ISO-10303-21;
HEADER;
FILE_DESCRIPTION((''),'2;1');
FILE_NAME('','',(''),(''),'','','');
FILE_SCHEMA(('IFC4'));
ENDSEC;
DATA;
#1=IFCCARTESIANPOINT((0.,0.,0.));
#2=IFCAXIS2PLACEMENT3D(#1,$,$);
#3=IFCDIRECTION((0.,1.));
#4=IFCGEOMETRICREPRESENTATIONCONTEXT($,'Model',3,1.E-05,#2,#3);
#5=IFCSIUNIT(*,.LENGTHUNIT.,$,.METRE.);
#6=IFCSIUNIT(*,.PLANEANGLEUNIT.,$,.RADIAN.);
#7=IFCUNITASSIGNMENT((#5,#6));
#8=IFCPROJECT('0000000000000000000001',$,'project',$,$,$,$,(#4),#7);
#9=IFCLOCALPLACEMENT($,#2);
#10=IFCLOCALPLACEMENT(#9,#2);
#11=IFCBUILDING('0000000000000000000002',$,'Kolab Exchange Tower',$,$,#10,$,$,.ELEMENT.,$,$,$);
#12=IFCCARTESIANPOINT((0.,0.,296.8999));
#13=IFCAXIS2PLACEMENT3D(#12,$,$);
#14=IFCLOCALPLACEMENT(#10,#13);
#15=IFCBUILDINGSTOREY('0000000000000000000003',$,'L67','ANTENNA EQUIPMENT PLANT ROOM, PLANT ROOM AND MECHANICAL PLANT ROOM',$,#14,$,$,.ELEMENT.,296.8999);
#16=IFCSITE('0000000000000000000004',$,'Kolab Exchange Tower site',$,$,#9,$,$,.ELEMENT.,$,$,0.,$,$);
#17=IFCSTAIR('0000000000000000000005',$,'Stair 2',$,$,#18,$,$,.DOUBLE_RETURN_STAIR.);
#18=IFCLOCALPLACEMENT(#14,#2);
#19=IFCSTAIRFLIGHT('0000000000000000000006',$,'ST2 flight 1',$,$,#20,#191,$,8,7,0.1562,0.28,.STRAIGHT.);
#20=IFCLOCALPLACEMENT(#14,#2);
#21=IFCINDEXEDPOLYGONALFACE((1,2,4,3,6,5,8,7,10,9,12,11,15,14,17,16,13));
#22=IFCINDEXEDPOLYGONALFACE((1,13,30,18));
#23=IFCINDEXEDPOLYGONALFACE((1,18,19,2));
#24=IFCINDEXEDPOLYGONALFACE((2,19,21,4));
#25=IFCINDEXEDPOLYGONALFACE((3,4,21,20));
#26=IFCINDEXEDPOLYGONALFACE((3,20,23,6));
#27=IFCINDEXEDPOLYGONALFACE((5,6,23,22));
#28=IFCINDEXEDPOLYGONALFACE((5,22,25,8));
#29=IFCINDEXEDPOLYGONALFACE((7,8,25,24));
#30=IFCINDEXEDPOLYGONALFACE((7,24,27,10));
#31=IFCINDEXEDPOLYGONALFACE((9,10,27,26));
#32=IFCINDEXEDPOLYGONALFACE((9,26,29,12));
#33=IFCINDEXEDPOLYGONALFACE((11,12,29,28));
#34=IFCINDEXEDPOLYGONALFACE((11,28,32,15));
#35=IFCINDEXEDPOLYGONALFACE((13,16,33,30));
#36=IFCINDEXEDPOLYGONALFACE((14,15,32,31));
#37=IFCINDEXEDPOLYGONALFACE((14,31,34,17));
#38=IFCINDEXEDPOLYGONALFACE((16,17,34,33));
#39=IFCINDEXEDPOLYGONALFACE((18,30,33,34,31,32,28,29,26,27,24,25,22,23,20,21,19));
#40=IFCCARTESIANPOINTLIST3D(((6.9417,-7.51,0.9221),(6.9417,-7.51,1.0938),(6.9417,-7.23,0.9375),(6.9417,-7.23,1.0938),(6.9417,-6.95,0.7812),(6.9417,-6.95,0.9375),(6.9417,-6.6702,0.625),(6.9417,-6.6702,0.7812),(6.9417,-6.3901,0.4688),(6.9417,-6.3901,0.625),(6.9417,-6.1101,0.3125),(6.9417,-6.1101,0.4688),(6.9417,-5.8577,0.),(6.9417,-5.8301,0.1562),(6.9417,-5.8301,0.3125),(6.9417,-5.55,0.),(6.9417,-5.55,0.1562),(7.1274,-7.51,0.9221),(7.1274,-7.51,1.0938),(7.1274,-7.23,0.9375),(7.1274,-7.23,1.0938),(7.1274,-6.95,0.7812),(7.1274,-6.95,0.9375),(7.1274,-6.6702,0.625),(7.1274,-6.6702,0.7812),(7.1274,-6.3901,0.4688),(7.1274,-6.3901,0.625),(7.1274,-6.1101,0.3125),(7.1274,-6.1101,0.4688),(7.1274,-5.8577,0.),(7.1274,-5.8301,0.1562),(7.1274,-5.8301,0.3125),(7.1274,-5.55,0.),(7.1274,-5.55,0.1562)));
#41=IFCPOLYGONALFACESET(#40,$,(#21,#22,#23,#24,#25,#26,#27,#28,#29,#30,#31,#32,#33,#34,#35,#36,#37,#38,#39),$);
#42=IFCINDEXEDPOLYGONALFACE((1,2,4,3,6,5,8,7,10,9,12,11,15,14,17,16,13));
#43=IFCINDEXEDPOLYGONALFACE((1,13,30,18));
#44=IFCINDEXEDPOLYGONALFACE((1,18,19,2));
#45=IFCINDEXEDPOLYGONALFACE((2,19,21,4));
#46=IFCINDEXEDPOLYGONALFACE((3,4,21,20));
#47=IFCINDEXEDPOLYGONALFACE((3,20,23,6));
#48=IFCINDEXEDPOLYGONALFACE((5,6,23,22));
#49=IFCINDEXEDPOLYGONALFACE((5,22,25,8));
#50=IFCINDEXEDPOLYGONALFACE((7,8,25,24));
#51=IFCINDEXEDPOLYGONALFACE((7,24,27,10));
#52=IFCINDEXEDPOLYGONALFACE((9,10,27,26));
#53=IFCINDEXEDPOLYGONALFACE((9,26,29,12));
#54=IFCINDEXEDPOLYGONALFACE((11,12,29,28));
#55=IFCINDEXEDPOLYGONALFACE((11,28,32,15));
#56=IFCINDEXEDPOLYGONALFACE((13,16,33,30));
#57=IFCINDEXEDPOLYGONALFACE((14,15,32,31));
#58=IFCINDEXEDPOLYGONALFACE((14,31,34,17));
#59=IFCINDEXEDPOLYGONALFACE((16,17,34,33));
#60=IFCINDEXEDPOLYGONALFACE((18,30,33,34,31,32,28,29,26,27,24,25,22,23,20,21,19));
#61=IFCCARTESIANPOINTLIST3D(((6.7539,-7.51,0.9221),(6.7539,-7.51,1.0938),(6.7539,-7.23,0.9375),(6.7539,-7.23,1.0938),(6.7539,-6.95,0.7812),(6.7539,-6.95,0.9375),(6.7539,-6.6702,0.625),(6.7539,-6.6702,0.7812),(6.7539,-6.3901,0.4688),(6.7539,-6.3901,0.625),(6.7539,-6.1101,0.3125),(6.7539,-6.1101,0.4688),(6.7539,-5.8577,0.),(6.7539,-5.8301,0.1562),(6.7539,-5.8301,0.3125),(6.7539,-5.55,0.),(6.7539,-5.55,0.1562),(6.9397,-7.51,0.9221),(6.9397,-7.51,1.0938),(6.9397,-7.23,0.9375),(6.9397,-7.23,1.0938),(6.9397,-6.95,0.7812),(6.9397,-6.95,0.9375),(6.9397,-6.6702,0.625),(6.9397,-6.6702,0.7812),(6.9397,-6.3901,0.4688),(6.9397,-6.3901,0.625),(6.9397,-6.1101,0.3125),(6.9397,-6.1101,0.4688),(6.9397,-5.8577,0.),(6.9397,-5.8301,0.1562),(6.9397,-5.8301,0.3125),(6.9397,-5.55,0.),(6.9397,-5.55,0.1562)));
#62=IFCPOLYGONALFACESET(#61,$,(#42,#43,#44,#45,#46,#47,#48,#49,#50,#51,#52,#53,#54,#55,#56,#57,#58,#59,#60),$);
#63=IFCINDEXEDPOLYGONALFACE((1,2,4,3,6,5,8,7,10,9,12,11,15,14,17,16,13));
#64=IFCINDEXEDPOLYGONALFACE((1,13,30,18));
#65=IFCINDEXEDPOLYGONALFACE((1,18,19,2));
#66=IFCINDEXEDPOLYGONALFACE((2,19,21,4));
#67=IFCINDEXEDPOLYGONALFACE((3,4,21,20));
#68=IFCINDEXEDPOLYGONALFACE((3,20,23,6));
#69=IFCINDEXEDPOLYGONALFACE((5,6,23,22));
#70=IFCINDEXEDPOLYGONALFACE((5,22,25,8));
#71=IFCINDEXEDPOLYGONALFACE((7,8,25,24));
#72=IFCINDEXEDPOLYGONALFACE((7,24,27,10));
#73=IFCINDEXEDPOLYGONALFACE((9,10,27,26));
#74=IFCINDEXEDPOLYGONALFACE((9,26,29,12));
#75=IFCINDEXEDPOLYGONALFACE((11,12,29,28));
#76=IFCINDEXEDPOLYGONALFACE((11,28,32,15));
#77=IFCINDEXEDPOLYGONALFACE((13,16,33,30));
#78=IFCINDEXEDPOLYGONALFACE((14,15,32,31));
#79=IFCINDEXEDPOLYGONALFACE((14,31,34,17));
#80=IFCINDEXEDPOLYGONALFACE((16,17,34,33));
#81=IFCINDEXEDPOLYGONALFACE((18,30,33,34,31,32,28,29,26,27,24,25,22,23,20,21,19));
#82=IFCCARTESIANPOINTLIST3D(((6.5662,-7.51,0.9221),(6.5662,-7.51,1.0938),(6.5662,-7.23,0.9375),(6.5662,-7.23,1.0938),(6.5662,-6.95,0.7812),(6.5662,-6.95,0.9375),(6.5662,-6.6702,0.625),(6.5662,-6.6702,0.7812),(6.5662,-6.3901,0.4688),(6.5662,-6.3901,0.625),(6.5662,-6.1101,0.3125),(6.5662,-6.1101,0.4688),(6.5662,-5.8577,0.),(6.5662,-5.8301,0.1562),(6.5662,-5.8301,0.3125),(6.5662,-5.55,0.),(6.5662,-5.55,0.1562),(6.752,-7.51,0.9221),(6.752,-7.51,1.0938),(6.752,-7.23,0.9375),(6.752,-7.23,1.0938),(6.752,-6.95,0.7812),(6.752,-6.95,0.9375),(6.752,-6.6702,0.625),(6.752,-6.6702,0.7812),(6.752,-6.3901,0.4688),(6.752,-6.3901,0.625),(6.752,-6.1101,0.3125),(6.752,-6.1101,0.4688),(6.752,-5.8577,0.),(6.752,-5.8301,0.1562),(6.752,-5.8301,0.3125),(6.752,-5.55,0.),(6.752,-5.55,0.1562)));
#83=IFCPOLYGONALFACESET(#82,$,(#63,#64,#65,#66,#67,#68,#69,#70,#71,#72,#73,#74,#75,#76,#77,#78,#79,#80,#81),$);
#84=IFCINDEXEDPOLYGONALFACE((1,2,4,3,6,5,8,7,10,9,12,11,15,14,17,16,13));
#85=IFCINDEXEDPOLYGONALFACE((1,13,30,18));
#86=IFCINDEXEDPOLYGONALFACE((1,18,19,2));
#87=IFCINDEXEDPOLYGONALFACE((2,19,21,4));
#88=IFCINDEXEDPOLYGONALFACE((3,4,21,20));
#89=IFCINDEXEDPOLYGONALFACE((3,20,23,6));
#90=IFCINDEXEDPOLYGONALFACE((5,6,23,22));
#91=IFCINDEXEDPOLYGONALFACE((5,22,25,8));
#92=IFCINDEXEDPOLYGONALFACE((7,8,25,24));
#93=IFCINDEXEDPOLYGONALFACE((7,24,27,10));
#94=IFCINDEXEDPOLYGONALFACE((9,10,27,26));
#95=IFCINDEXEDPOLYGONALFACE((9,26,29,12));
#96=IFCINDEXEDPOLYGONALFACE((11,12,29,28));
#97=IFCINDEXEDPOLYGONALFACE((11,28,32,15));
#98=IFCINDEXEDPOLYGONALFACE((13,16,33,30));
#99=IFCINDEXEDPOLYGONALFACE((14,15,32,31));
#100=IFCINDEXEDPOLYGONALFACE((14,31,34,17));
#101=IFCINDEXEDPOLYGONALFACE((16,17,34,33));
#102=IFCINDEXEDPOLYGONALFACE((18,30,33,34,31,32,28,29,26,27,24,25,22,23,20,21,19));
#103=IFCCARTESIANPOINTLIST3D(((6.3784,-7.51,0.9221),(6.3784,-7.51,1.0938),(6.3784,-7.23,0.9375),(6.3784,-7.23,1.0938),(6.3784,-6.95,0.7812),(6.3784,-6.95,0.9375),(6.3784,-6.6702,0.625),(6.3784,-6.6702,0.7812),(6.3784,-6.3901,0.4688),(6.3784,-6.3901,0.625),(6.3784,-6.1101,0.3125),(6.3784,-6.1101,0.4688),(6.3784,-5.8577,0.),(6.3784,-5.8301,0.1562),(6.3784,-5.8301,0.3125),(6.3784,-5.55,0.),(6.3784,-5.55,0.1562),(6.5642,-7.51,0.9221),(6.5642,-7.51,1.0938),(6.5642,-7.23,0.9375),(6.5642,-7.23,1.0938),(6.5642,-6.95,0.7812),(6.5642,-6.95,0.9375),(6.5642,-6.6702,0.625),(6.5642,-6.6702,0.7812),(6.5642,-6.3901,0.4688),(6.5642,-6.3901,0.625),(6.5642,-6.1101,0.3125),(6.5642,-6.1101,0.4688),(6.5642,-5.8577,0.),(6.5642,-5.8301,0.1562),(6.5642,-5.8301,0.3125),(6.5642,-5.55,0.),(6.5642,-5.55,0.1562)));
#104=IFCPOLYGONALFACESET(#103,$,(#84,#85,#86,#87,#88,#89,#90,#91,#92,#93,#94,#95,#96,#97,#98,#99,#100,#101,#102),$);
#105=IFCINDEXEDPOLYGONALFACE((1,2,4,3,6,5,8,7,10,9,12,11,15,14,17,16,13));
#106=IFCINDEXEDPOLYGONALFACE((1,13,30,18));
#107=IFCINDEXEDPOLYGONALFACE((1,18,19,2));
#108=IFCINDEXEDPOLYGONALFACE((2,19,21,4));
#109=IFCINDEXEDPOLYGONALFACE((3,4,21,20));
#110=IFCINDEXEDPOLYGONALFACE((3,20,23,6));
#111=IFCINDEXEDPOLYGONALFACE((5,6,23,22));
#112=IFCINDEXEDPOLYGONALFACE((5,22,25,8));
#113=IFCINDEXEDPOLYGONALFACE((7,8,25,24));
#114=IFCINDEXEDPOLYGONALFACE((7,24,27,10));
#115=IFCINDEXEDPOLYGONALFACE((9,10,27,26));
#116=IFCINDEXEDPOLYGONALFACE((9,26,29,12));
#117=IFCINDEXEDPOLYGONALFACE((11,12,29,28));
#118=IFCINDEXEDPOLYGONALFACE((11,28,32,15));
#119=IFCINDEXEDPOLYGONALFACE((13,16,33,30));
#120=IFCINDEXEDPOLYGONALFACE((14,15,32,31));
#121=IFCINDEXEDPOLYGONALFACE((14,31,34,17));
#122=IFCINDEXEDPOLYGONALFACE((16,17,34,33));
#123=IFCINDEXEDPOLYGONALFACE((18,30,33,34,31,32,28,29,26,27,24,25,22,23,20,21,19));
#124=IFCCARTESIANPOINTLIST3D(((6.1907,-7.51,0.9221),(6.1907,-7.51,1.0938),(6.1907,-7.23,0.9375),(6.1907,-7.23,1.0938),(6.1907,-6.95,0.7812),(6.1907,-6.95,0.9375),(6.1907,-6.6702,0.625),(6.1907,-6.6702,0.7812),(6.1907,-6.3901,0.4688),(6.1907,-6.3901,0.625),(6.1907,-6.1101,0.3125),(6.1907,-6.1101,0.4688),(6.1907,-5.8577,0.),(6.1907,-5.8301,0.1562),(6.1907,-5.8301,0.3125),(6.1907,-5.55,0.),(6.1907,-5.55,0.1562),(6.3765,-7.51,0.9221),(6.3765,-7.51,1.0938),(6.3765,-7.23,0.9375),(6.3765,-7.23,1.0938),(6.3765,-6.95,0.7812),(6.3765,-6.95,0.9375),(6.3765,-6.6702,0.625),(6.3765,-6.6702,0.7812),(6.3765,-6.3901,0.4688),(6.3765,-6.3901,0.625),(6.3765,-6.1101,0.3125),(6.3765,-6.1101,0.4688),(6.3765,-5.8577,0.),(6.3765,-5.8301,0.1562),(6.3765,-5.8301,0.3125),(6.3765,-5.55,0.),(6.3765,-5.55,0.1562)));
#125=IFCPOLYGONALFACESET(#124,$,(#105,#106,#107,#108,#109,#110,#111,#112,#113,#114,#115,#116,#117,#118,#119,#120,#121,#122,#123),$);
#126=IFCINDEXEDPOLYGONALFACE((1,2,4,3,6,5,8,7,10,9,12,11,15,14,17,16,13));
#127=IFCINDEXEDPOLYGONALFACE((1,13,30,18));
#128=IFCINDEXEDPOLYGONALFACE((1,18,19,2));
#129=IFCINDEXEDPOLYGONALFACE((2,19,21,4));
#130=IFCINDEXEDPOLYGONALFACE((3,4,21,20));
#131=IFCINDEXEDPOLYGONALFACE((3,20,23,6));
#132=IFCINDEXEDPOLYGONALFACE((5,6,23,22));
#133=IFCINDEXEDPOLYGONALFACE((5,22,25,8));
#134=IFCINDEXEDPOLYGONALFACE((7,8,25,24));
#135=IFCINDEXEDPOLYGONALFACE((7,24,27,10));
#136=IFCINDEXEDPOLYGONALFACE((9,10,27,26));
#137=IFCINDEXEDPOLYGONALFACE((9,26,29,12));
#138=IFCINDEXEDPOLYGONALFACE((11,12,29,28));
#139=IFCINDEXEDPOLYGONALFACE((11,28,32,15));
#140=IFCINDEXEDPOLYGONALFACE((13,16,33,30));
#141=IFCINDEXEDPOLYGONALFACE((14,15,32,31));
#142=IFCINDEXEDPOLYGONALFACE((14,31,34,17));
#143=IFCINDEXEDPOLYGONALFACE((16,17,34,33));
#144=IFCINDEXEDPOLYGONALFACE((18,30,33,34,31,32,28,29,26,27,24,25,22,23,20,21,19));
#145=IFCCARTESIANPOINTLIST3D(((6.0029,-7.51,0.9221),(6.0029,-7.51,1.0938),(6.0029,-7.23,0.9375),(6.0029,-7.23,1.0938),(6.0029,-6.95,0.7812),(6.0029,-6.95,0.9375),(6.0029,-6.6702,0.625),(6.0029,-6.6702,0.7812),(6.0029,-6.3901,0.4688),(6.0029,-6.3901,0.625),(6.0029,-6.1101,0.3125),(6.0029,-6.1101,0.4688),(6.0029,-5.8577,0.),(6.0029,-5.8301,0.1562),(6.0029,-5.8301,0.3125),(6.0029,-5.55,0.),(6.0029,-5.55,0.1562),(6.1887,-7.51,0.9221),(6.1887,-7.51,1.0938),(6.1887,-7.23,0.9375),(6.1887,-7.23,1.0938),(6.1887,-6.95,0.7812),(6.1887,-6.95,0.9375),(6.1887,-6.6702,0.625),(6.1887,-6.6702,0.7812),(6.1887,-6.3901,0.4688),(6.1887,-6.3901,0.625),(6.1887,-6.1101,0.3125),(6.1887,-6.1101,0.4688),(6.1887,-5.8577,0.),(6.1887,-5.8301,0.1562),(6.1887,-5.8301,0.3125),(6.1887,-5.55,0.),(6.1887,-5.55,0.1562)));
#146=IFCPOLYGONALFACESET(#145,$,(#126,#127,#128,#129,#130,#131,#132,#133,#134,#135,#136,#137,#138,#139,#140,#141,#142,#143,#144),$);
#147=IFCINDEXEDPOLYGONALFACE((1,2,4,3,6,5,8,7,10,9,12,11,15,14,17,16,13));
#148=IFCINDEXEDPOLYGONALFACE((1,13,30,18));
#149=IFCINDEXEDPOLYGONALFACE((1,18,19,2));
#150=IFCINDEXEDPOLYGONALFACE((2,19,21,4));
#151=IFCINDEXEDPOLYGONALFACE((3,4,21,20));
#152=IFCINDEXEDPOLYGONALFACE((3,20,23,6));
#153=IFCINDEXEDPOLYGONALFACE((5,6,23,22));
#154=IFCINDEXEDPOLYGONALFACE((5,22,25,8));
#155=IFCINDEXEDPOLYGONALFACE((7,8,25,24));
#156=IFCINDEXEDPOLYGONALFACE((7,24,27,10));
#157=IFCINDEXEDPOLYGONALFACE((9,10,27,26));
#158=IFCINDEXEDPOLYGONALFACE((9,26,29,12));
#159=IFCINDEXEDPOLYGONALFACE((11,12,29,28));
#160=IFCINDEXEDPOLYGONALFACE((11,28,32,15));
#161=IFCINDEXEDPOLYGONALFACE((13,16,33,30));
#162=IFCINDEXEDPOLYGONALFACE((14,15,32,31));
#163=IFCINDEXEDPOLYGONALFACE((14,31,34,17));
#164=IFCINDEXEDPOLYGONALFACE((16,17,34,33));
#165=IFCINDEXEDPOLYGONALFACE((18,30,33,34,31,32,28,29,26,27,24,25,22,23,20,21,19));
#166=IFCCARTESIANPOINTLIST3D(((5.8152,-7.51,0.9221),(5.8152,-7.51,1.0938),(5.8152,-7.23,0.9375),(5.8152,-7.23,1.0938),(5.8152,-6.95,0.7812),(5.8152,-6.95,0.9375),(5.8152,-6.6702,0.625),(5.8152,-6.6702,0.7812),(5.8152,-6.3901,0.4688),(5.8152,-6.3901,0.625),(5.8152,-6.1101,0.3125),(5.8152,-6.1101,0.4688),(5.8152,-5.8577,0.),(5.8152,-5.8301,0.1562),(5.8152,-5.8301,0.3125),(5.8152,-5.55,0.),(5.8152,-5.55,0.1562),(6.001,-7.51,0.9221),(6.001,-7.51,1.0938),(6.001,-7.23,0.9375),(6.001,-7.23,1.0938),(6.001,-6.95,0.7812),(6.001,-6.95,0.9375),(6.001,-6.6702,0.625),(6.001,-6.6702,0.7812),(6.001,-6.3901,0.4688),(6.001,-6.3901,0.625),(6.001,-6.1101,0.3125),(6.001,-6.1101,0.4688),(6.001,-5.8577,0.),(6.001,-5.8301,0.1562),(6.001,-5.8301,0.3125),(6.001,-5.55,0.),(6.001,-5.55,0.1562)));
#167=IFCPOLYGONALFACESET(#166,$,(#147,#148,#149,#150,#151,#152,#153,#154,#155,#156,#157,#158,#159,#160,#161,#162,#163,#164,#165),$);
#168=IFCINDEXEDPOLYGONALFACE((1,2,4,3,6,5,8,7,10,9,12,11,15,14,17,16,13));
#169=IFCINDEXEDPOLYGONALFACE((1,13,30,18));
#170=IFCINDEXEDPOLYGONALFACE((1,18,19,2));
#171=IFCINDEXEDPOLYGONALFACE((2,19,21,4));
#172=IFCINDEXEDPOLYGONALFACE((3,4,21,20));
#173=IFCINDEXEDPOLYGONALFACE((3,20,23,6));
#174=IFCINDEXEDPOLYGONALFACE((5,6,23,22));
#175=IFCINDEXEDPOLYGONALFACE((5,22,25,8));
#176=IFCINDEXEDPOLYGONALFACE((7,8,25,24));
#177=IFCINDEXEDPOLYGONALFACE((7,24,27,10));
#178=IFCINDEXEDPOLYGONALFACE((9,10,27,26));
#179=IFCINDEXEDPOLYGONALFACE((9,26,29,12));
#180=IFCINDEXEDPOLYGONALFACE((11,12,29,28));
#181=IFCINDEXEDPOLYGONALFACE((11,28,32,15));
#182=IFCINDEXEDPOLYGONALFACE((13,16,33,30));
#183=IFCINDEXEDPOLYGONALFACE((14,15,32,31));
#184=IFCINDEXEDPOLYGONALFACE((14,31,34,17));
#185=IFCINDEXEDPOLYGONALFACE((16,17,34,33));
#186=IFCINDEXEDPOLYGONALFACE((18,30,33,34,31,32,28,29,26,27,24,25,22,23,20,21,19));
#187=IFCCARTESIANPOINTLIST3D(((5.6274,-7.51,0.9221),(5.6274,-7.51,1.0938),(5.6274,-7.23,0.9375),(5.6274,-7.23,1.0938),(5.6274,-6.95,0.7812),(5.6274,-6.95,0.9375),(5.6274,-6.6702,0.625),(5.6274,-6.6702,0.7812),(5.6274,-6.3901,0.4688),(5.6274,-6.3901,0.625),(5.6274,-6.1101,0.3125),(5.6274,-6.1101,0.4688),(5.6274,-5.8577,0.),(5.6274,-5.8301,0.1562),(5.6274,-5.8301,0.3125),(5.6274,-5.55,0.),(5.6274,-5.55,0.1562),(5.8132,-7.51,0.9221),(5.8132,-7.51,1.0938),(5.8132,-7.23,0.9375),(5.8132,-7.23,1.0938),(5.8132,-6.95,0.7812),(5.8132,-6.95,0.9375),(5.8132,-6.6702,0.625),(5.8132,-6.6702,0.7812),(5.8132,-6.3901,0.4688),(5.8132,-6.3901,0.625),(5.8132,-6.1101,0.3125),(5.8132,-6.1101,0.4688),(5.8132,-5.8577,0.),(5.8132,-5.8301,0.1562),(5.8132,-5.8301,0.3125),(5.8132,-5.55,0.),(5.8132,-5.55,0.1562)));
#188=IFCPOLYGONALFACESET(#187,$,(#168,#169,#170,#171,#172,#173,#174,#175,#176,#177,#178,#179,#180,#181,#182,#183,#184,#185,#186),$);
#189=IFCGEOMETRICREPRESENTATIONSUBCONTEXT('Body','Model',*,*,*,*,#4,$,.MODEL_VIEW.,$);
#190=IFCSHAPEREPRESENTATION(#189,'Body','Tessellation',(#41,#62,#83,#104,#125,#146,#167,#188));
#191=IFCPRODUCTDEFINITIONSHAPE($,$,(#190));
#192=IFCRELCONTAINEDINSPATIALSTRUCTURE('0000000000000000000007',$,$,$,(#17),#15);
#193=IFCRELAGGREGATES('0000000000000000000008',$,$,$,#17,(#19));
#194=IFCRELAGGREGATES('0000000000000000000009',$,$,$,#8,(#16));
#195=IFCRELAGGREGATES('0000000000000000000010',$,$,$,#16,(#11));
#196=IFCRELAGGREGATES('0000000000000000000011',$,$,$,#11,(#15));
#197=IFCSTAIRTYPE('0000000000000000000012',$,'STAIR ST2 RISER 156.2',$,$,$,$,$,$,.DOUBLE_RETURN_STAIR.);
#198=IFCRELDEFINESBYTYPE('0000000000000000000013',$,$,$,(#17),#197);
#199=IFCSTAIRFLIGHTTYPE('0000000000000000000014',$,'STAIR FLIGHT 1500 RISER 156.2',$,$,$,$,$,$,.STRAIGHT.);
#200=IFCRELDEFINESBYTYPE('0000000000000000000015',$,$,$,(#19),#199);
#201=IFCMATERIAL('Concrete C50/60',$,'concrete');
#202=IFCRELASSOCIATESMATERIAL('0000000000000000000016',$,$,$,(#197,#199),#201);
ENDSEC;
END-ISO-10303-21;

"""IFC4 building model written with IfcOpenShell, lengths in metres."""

from ifc_helpers import new_model, si_unit, direction, frame, origin, place, context, subcontext, project, spatial, polyline, outline, extrude, material, type_object, element, aggregate, save


model = new_model("IFC4")

# Units and contexts
model_context = context("Model", 3, precision=1e-05, world=origin(), true_north=direction((0.0, 1.0)))
body_context = subcontext(model_context, "Body", "Model", "MODEL_VIEW")
ifc_project = project(units=[si_unit("LENGTHUNIT", "METRE"), si_unit("PLANEANGLEUNIT", "RADIAN")], contexts=[model_context])

# Site, building, storey
site_placement = place(None, origin())
site = spatial("IfcSite", under=ifc_project, at=site_placement, Name="Kolab Exchange Tower site", CompositionType="ELEMENT", RefElevation=0.0)
building_placement = place(site_placement, origin())
building = spatial("IfcBuilding", under=site, at=building_placement, Name="Kolab Exchange Tower", CompositionType="ELEMENT")
storey_placement = place(building_placement, frame((0.0, 0.0, 296.8999)))
storey = spatial("IfcBuildingStorey", under=building, at=storey_placement, Name="L67", Description="ANTENNA EQUIPMENT PLANT ROOM, PLANT ROOM AND MECHANICAL PLANT ROOM", CompositionType="ELEMENT", Elevation=296.8999)

# Shared definitions
ifc_material_1 = material(Name="Concrete C50/60", Category="concrete")

# Stair, stair flight
stair_type = type_object("IfcStairType", Name="STAIR ST2 RISER 156.2", PredefinedType="DOUBLE_RETURN_STAIR", material=ifc_material_1)
stair_placement = place(storey_placement, origin())
stair = element("IfcStair", 1, at=stair_placement, inside=storey, type_object=stair_type, Name="Stair 2", PredefinedType="DOUBLE_RETURN_STAIR")
stair_flight_type = type_object("IfcStairFlightType", Name="STAIR FLIGHT 1500 RISER 156.2", PredefinedType="STRAIGHT", material=ifc_material_1)
stair_flight_1_placement = place(storey_placement, frame((6.3774, -5.55, 0.0), z_axis=(0.0, 0.0, 1.0), x_axis=(0.0, -1.0, 0.0)))
stair_flight_1 = element("IfcStairFlight", 2, at=stair_flight_1_placement, type_object=stair_flight_type, Name="ST2 flight 1", NumberOfRisers=8, NumberOfTreads=7, PredefinedType="STRAIGHT", RiserHeight=0.1562, TreadLength=0.28, context=body_context, shape_type="SweptSolid", body=[
    extrude(outline(polyline([(0.0, 0.0), (0.0, 0.1562), (0.28, 0.1562), (0.28, 0.3125), (0.5601, 0.3125), (0.5601, 0.4688), (0.8401, 0.4688), (0.8401, 0.625), (1.1201, 0.625), (1.1201, 0.7812), (1.3999, 0.7812), (1.3999, 0.9375), (1.6799, 0.9375), (1.6799, 1.0938), (1.96, 1.0938), (1.96, 1.25), (1.96, 0.9221), (0.3076, 0.0), (0.0, 0.0)])), frame((0.0, 0.75, 0.0), z_axis=(0.0, -1.0, 0.0), x_axis=(1.0, 0.0, 0.0)), (0.0, 0.0, 1.0), 0.1858),
    extrude(outline(polyline([(0.0, 0.0), (0.0, 0.1562), (0.28, 0.1562), (0.28, 0.3125), (0.5601, 0.3125), (0.5601, 0.4688), (0.8401, 0.4688), (0.8401, 0.625), (1.1201, 0.625), (1.1201, 0.7812), (1.3999, 0.7812), (1.3999, 0.9375), (1.6799, 0.9375), (1.6799, 1.0938), (1.96, 1.0938), (1.96, 1.25), (1.96, 0.9221), (0.3076, 0.0), (0.0, 0.0)])), frame((0.0, 0.5623, 0.0), z_axis=(0.0, -1.0, 0.0), x_axis=(1.0, 0.0, 0.0)), (0.0, 0.0, 1.0), 0.1858),
    extrude(outline(polyline([(0.0, 0.0), (0.0, 0.1562), (0.28, 0.1562), (0.28, 0.3125), (0.5601, 0.3125), (0.5601, 0.4688), (0.8401, 0.4688), (0.8401, 0.625), (1.1201, 0.625), (1.1201, 0.7812), (1.3999, 0.7812), (1.3999, 0.9375), (1.6799, 0.9375), (1.6799, 1.0938), (1.96, 1.0938), (1.96, 1.25), (1.96, 0.9221), (0.3076, 0.0), (0.0, 0.0)])), frame((0.0, 0.3745, 0.0), z_axis=(0.0, -1.0, 0.0), x_axis=(1.0, 0.0, 0.0)), (0.0, 0.0, 1.0), 0.1858),
    extrude(outline(polyline([(0.0, 0.0), (0.0, 0.1562), (0.28, 0.1562), (0.28, 0.3125), (0.5601, 0.3125), (0.5601, 0.4688), (0.8401, 0.4688), (0.8401, 0.625), (1.1201, 0.625), (1.1201, 0.7812), (1.3999, 0.7812), (1.3999, 0.9375), (1.6799, 0.9375), (1.6799, 1.0938), (1.96, 1.0938), (1.96, 1.25), (1.96, 0.9221), (0.3076, 0.0), (0.0, 0.0)])), frame((0.0, 0.1868, 0.0), z_axis=(0.0, -1.0, 0.0), x_axis=(1.0, 0.0, 0.0)), (0.0, 0.0, 1.0), 0.1858),
    extrude(outline(polyline([(0.0, 0.0), (0.0, 0.1562), (0.28, 0.1562), (0.28, 0.3125), (0.5601, 0.3125), (0.5601, 0.4688), (0.8401, 0.4688), (0.8401, 0.625), (1.1201, 0.625), (1.1201, 0.7812), (1.3999, 0.7812), (1.3999, 0.9375), (1.6799, 0.9375), (1.6799, 1.0938), (1.96, 1.0938), (1.96, 1.25), (1.96, 0.9221), (0.3076, 0.0), (0.0, 0.0)])), frame((0.0, -0.001, 0.0), z_axis=(0.0, -1.0, 0.0), x_axis=(1.0, 0.0, 0.0)), (0.0, 0.0, 1.0), 0.1858),
    extrude(outline(polyline([(0.0, 0.0), (0.0, 0.1562), (0.28, 0.1562), (0.28, 0.3125), (0.5601, 0.3125), (0.5601, 0.4688), (0.8401, 0.4688), (0.8401, 0.625), (1.1201, 0.625), (1.1201, 0.7812), (1.3999, 0.7812), (1.3999, 0.9375), (1.6799, 0.9375), (1.6799, 1.0938), (1.96, 1.0938), (1.96, 1.25), (1.96, 0.9221), (0.3076, 0.0), (0.0, 0.0)])), frame((0.0, -0.1887, 0.0), z_axis=(0.0, -1.0, 0.0), x_axis=(1.0, 0.0, 0.0)), (0.0, 0.0, 1.0), 0.1858),
    extrude(outline(polyline([(0.0, 0.0), (0.0, 0.1562), (0.28, 0.1562), (0.28, 0.3125), (0.5601, 0.3125), (0.5601, 0.4688), (0.8401, 0.4688), (0.8401, 0.625), (1.1201, 0.625), (1.1201, 0.7812), (1.3999, 0.7812), (1.3999, 0.9375), (1.6799, 0.9375), (1.6799, 1.0938), (1.96, 1.0938), (1.96, 1.25), (1.96, 0.9221), (0.3076, 0.0), (0.0, 0.0)])), frame((0.0, -0.3765, 0.0), z_axis=(0.0, -1.0, 0.0), x_axis=(1.0, 0.0, 0.0)), (0.0, 0.0, 1.0), 0.1858),
    extrude(outline(polyline([(0.0, 0.0), (0.0, 0.1562), (0.28, 0.1562), (0.28, 0.3125), (0.5601, 0.3125), (0.5601, 0.4688), (0.8401, 0.4688), (0.8401, 0.625), (1.1201, 0.625), (1.1201, 0.7812), (1.3999, 0.7812), (1.3999, 0.9375), (1.6799, 0.9375), (1.6799, 1.0938), (1.96, 1.0938), (1.96, 1.25), (1.96, 0.9221), (0.3076, 0.0), (0.0, 0.0)])), frame((0.0, -0.5642, 0.0), z_axis=(0.0, -1.0, 0.0), x_axis=(1.0, 0.0, 0.0)), (0.0, 0.0, 1.0), 0.1858),
])
aggregate(stair, [stair_flight_1])

save(model, "model.ifc")
